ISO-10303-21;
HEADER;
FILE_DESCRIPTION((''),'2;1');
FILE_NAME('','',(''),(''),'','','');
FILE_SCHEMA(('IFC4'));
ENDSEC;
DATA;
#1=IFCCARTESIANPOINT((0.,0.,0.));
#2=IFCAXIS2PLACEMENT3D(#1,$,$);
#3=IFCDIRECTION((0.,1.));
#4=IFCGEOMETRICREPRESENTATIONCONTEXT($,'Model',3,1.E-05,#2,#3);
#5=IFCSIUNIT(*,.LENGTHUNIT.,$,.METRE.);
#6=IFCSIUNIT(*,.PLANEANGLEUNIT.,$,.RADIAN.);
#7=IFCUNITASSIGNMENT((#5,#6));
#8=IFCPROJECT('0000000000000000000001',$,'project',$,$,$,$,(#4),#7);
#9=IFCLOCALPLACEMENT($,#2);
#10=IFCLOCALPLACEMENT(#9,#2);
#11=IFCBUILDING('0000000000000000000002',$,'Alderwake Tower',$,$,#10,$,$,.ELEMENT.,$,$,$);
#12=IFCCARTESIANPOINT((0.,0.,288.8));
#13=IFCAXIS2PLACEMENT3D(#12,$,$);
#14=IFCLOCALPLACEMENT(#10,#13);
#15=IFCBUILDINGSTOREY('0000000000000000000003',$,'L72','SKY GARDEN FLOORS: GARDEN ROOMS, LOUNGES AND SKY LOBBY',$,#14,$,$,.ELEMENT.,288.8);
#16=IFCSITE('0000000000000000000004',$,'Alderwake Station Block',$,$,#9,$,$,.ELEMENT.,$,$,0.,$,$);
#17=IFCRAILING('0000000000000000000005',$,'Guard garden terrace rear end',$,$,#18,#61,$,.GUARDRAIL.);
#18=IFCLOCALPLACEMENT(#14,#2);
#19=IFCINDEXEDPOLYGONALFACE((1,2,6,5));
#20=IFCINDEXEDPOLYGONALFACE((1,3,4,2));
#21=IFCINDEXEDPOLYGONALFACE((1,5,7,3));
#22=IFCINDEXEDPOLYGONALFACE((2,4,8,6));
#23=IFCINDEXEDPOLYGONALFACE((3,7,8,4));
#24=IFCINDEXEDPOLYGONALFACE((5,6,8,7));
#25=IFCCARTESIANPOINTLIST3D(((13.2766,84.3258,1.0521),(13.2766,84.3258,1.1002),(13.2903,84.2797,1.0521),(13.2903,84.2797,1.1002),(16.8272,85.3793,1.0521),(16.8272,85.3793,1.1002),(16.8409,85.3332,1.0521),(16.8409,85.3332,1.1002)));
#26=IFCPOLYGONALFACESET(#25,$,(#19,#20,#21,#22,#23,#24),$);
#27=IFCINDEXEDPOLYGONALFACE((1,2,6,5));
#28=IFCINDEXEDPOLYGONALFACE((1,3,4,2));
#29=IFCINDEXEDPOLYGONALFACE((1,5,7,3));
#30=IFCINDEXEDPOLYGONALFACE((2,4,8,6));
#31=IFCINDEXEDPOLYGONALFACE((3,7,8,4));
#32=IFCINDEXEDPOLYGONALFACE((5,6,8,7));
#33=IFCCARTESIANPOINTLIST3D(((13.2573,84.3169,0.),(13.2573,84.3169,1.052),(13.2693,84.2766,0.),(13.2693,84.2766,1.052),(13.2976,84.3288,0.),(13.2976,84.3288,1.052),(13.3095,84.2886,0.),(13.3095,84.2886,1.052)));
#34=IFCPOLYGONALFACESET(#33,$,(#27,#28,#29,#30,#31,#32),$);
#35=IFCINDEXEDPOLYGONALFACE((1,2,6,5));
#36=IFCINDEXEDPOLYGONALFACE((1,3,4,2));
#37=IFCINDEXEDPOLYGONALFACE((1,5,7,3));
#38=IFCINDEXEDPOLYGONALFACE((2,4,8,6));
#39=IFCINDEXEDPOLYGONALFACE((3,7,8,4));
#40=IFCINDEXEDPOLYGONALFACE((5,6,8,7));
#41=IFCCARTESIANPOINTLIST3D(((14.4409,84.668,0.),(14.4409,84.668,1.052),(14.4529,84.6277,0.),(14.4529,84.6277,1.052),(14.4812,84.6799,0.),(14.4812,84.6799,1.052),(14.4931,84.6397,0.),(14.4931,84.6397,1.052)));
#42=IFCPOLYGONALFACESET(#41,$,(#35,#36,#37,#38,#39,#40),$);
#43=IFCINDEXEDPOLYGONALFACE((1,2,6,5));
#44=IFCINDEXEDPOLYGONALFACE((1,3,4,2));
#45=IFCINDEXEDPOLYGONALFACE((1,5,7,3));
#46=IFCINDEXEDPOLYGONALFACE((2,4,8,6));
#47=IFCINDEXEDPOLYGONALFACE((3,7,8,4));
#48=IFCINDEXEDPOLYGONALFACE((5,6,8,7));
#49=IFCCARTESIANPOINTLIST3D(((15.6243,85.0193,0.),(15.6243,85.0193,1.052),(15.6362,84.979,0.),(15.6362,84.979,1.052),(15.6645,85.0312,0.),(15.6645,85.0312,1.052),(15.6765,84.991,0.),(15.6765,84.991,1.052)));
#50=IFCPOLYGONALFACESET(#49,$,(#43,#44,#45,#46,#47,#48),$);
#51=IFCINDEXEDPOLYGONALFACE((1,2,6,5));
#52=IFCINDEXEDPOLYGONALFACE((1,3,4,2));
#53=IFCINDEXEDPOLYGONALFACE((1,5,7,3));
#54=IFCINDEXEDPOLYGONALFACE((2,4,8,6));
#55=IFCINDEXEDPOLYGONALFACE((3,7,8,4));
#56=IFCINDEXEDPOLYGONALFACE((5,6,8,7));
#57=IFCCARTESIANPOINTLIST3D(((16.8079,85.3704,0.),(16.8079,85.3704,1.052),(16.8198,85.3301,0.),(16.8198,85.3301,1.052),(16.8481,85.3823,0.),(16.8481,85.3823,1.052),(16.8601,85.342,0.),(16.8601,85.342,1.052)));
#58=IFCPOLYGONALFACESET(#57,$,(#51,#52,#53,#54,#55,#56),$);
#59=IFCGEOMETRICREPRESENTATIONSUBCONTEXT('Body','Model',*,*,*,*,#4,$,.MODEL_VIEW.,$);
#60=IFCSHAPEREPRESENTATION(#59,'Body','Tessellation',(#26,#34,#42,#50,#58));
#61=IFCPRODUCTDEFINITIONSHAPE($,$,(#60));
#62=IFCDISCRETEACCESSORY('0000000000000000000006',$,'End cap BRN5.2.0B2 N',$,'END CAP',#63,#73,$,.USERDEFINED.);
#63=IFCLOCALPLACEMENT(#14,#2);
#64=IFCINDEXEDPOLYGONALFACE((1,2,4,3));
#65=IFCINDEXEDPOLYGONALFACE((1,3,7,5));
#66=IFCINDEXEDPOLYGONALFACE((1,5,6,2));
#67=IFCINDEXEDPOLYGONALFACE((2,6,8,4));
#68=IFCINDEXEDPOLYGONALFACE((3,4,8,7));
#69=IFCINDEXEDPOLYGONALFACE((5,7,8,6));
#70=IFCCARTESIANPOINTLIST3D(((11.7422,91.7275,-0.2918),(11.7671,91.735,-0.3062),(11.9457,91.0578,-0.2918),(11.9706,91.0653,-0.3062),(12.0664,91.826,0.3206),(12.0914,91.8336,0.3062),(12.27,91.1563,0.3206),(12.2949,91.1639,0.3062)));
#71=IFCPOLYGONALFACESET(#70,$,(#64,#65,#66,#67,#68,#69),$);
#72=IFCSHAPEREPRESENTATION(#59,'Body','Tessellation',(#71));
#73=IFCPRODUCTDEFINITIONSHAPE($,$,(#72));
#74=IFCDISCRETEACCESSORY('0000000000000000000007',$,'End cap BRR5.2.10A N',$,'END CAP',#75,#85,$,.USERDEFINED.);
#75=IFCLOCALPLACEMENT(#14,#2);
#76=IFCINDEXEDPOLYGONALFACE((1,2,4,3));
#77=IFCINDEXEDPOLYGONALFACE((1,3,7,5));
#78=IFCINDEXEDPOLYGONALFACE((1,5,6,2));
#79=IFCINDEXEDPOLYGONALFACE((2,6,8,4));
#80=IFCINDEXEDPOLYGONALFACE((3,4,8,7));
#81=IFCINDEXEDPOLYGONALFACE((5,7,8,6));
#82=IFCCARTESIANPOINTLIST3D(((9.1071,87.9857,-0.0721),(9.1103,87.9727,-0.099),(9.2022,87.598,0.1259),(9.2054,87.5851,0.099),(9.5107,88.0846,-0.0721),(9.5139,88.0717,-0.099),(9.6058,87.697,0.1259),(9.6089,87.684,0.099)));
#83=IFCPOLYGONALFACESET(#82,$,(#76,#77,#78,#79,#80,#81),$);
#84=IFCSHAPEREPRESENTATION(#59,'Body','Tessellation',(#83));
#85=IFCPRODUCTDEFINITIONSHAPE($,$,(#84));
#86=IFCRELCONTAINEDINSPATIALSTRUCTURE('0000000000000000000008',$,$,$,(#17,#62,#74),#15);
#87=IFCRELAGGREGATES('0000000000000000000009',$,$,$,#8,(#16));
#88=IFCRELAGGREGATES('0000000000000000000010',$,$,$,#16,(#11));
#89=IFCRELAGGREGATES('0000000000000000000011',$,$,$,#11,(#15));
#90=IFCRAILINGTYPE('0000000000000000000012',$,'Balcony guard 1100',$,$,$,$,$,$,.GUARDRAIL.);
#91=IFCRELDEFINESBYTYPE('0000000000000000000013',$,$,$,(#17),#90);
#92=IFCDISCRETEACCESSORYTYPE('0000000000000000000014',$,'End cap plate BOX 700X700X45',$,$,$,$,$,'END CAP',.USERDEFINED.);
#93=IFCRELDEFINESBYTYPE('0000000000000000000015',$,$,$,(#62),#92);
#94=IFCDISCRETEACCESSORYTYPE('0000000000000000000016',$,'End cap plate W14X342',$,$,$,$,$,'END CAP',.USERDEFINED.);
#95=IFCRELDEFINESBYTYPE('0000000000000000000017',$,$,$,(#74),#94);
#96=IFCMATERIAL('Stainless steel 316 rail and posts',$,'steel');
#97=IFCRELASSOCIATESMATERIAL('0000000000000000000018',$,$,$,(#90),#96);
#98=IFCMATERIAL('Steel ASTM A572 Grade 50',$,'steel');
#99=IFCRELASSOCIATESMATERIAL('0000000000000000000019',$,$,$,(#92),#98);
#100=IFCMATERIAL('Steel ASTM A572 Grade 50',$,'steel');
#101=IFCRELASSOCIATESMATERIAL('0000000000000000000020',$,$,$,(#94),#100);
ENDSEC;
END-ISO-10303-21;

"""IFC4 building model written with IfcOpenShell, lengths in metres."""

from ifc_helpers import new_model, si_unit, direction, frame, origin, origin_2d, place, context, subcontext, project, spatial, rectangle, extrude, material, material_profile, profile_set, type_object, element, save


model = new_model("IFC4")

# Units and contexts
model_context = context("Model", 3, precision=1e-05, world=origin(), true_north=direction((0.0, 1.0)))
body_context = subcontext(model_context, "Body", "Model", "MODEL_VIEW")
ifc_project = project(units=[si_unit("LENGTHUNIT", "METRE"), si_unit("PLANEANGLEUNIT", "RADIAN")], contexts=[model_context])

# Site, building, storey
site_placement = place(None, origin())
site = spatial("IfcSite", under=ifc_project, at=site_placement, Name="Alderwake Station Block", CompositionType="ELEMENT", RefElevation=0.0)
building_placement = place(site_placement, origin())
building = spatial("IfcBuilding", under=site, at=building_placement, Name="Alderwake Tower", CompositionType="ELEMENT")
storey_placement = place(building_placement, frame((0.0, 0.0, 288.8)))
storey = spatial("IfcBuildingStorey", under=building, at=storey_placement, Name="L72", Description="SKY GARDEN FLOORS: GARDEN ROOMS, LOUNGES AND SKY LOBBY", CompositionType="ELEMENT", Elevation=288.8)

# Railing
ifc_material_1 = material(Name="Stainless steel 316 rail and posts", Category="steel")
railing_type = type_object("IfcRailingType", Name="Balcony guard 1100", PredefinedType="GUARDRAIL", material=ifc_material_1)
railing_1_placement = place(storey_placement, frame((13.2834, 84.3027, 0.0)))
element("IfcRailing", 1, at=railing_1_placement, inside=storey, type_object=railing_type, Name="Guard garden terrace rear end", PredefinedType="GUARDRAIL", context=body_context, shape_type="SweptSolid", body=[
    extrude(rectangle(XDim=0.0481, YDim=0.0481, at=origin_2d()), frame((0.0, 0.0, 1.0762), z_axis=(0.958691, 0.28445, 0.0), x_axis=(-0.28445, 0.958691, 0.0)), (0.0, 0.0, 1.0), 3.7036),
    extrude(rectangle(XDim=0.042, YDim=0.042, at=origin_2d()), frame((0.0, 0.0, 0.0), z_axis=(0.0, 0.0, 1.0), x_axis=(0.958691, 0.28445, 0.0)), (0.0, 0.0, 1.0), 1.052),
    extrude(rectangle(XDim=0.042, YDim=0.042, at=origin_2d()), frame((1.1836, 0.3511, 0.0), z_axis=(0.0, 0.0, 1.0), x_axis=(0.958691, 0.28445, 0.0)), (0.0, 0.0, 1.0), 1.052),
    extrude(rectangle(XDim=0.042, YDim=0.042, at=origin_2d()), frame((2.3669, 0.7024, 0.0), z_axis=(0.0, 0.0, 1.0), x_axis=(0.958691, 0.28445, 0.0)), (0.0, 0.0, 1.0), 1.052),
    extrude(rectangle(XDim=0.042, YDim=0.042, at=origin_2d()), frame((3.5505, 1.0535, 0.0), z_axis=(0.0, 0.0, 1.0), x_axis=(0.958691, 0.28445, 0.0)), (0.0, 0.0, 1.0), 1.052),
])

# Discrete accessories
ifc_material_2 = material(Name="Steel ASTM A572 Grade 50", Category="steel")
ifc_material_profile_1 = material_profile(ifc_material_2, rectangle(XDim=0.7, YDim=0.7, at=origin_2d()), Name="BOX 700X700X45 cap")
ifc_profile_set_1 = profile_set([ifc_material_profile_1], Name="Steel ASTM A572 Grade 50")
discrete_accessory_type_1 = type_object("IfcDiscreteAccessoryType", Name="End cap plate BOX 700X700X45", ElementType="END CAP", PredefinedType="USERDEFINED", material=ifc_profile_set_1)
discrete_accessory_1_placement = place(storey_placement, frame((12.031, 91.4495, 0.0), z_axis=(-0.837135, -0.254423, 0.484225), x_axis=(0.290788, -0.956787, 0.0)))
element("IfcDiscreteAccessory", 2, at=discrete_accessory_1_placement, inside=storey, type_object=discrete_accessory_type_1, Name="End cap BRN5.2.0B2 N", ObjectType="END CAP", PredefinedType="USERDEFINED", context=body_context, shape_type="SweptSolid", body=[
    extrude(rectangle(XDim=0.7, YDim=0.7, at=origin_2d()), origin(), (0.0, 0.0, 1.0), 0.0298),
])
ifc_material_3 = material(Name="Steel ASTM A572 Grade 50", Category="steel")
ifc_material_profile_2 = material_profile(ifc_material_3, rectangle(XDim=0.4155, YDim=0.4456, at=origin_2d()), Name="W14X342 cap")
ifc_profile_set_2 = profile_set([ifc_material_profile_2], Name="Steel ASTM A572 Grade 50")
discrete_accessory_type_2 = type_object("IfcDiscreteAccessoryType", Name="End cap plate W14X342", ElementType="END CAP", PredefinedType="USERDEFINED", material=ifc_profile_set_2)
discrete_accessory_2_placement = place(storey_placement, frame((9.3596, 87.8284, 0.0), z_axis=(-0.10587, 0.431622, 0.89582), x_axis=(-0.971211, -0.238222, 0.0)))
element("IfcDiscreteAccessory", 3, at=discrete_accessory_2_placement, inside=storey, type_object=discrete_accessory_type_2, Name="End cap BRR5.2.10A N", ObjectType="END CAP", PredefinedType="USERDEFINED", context=body_context, shape_type="SweptSolid", body=[
    extrude(rectangle(XDim=0.4155, YDim=0.4456, at=origin_2d()), origin(), (0.0, 0.0, 1.0), 0.03),
])

save(model, "model.ifc")
